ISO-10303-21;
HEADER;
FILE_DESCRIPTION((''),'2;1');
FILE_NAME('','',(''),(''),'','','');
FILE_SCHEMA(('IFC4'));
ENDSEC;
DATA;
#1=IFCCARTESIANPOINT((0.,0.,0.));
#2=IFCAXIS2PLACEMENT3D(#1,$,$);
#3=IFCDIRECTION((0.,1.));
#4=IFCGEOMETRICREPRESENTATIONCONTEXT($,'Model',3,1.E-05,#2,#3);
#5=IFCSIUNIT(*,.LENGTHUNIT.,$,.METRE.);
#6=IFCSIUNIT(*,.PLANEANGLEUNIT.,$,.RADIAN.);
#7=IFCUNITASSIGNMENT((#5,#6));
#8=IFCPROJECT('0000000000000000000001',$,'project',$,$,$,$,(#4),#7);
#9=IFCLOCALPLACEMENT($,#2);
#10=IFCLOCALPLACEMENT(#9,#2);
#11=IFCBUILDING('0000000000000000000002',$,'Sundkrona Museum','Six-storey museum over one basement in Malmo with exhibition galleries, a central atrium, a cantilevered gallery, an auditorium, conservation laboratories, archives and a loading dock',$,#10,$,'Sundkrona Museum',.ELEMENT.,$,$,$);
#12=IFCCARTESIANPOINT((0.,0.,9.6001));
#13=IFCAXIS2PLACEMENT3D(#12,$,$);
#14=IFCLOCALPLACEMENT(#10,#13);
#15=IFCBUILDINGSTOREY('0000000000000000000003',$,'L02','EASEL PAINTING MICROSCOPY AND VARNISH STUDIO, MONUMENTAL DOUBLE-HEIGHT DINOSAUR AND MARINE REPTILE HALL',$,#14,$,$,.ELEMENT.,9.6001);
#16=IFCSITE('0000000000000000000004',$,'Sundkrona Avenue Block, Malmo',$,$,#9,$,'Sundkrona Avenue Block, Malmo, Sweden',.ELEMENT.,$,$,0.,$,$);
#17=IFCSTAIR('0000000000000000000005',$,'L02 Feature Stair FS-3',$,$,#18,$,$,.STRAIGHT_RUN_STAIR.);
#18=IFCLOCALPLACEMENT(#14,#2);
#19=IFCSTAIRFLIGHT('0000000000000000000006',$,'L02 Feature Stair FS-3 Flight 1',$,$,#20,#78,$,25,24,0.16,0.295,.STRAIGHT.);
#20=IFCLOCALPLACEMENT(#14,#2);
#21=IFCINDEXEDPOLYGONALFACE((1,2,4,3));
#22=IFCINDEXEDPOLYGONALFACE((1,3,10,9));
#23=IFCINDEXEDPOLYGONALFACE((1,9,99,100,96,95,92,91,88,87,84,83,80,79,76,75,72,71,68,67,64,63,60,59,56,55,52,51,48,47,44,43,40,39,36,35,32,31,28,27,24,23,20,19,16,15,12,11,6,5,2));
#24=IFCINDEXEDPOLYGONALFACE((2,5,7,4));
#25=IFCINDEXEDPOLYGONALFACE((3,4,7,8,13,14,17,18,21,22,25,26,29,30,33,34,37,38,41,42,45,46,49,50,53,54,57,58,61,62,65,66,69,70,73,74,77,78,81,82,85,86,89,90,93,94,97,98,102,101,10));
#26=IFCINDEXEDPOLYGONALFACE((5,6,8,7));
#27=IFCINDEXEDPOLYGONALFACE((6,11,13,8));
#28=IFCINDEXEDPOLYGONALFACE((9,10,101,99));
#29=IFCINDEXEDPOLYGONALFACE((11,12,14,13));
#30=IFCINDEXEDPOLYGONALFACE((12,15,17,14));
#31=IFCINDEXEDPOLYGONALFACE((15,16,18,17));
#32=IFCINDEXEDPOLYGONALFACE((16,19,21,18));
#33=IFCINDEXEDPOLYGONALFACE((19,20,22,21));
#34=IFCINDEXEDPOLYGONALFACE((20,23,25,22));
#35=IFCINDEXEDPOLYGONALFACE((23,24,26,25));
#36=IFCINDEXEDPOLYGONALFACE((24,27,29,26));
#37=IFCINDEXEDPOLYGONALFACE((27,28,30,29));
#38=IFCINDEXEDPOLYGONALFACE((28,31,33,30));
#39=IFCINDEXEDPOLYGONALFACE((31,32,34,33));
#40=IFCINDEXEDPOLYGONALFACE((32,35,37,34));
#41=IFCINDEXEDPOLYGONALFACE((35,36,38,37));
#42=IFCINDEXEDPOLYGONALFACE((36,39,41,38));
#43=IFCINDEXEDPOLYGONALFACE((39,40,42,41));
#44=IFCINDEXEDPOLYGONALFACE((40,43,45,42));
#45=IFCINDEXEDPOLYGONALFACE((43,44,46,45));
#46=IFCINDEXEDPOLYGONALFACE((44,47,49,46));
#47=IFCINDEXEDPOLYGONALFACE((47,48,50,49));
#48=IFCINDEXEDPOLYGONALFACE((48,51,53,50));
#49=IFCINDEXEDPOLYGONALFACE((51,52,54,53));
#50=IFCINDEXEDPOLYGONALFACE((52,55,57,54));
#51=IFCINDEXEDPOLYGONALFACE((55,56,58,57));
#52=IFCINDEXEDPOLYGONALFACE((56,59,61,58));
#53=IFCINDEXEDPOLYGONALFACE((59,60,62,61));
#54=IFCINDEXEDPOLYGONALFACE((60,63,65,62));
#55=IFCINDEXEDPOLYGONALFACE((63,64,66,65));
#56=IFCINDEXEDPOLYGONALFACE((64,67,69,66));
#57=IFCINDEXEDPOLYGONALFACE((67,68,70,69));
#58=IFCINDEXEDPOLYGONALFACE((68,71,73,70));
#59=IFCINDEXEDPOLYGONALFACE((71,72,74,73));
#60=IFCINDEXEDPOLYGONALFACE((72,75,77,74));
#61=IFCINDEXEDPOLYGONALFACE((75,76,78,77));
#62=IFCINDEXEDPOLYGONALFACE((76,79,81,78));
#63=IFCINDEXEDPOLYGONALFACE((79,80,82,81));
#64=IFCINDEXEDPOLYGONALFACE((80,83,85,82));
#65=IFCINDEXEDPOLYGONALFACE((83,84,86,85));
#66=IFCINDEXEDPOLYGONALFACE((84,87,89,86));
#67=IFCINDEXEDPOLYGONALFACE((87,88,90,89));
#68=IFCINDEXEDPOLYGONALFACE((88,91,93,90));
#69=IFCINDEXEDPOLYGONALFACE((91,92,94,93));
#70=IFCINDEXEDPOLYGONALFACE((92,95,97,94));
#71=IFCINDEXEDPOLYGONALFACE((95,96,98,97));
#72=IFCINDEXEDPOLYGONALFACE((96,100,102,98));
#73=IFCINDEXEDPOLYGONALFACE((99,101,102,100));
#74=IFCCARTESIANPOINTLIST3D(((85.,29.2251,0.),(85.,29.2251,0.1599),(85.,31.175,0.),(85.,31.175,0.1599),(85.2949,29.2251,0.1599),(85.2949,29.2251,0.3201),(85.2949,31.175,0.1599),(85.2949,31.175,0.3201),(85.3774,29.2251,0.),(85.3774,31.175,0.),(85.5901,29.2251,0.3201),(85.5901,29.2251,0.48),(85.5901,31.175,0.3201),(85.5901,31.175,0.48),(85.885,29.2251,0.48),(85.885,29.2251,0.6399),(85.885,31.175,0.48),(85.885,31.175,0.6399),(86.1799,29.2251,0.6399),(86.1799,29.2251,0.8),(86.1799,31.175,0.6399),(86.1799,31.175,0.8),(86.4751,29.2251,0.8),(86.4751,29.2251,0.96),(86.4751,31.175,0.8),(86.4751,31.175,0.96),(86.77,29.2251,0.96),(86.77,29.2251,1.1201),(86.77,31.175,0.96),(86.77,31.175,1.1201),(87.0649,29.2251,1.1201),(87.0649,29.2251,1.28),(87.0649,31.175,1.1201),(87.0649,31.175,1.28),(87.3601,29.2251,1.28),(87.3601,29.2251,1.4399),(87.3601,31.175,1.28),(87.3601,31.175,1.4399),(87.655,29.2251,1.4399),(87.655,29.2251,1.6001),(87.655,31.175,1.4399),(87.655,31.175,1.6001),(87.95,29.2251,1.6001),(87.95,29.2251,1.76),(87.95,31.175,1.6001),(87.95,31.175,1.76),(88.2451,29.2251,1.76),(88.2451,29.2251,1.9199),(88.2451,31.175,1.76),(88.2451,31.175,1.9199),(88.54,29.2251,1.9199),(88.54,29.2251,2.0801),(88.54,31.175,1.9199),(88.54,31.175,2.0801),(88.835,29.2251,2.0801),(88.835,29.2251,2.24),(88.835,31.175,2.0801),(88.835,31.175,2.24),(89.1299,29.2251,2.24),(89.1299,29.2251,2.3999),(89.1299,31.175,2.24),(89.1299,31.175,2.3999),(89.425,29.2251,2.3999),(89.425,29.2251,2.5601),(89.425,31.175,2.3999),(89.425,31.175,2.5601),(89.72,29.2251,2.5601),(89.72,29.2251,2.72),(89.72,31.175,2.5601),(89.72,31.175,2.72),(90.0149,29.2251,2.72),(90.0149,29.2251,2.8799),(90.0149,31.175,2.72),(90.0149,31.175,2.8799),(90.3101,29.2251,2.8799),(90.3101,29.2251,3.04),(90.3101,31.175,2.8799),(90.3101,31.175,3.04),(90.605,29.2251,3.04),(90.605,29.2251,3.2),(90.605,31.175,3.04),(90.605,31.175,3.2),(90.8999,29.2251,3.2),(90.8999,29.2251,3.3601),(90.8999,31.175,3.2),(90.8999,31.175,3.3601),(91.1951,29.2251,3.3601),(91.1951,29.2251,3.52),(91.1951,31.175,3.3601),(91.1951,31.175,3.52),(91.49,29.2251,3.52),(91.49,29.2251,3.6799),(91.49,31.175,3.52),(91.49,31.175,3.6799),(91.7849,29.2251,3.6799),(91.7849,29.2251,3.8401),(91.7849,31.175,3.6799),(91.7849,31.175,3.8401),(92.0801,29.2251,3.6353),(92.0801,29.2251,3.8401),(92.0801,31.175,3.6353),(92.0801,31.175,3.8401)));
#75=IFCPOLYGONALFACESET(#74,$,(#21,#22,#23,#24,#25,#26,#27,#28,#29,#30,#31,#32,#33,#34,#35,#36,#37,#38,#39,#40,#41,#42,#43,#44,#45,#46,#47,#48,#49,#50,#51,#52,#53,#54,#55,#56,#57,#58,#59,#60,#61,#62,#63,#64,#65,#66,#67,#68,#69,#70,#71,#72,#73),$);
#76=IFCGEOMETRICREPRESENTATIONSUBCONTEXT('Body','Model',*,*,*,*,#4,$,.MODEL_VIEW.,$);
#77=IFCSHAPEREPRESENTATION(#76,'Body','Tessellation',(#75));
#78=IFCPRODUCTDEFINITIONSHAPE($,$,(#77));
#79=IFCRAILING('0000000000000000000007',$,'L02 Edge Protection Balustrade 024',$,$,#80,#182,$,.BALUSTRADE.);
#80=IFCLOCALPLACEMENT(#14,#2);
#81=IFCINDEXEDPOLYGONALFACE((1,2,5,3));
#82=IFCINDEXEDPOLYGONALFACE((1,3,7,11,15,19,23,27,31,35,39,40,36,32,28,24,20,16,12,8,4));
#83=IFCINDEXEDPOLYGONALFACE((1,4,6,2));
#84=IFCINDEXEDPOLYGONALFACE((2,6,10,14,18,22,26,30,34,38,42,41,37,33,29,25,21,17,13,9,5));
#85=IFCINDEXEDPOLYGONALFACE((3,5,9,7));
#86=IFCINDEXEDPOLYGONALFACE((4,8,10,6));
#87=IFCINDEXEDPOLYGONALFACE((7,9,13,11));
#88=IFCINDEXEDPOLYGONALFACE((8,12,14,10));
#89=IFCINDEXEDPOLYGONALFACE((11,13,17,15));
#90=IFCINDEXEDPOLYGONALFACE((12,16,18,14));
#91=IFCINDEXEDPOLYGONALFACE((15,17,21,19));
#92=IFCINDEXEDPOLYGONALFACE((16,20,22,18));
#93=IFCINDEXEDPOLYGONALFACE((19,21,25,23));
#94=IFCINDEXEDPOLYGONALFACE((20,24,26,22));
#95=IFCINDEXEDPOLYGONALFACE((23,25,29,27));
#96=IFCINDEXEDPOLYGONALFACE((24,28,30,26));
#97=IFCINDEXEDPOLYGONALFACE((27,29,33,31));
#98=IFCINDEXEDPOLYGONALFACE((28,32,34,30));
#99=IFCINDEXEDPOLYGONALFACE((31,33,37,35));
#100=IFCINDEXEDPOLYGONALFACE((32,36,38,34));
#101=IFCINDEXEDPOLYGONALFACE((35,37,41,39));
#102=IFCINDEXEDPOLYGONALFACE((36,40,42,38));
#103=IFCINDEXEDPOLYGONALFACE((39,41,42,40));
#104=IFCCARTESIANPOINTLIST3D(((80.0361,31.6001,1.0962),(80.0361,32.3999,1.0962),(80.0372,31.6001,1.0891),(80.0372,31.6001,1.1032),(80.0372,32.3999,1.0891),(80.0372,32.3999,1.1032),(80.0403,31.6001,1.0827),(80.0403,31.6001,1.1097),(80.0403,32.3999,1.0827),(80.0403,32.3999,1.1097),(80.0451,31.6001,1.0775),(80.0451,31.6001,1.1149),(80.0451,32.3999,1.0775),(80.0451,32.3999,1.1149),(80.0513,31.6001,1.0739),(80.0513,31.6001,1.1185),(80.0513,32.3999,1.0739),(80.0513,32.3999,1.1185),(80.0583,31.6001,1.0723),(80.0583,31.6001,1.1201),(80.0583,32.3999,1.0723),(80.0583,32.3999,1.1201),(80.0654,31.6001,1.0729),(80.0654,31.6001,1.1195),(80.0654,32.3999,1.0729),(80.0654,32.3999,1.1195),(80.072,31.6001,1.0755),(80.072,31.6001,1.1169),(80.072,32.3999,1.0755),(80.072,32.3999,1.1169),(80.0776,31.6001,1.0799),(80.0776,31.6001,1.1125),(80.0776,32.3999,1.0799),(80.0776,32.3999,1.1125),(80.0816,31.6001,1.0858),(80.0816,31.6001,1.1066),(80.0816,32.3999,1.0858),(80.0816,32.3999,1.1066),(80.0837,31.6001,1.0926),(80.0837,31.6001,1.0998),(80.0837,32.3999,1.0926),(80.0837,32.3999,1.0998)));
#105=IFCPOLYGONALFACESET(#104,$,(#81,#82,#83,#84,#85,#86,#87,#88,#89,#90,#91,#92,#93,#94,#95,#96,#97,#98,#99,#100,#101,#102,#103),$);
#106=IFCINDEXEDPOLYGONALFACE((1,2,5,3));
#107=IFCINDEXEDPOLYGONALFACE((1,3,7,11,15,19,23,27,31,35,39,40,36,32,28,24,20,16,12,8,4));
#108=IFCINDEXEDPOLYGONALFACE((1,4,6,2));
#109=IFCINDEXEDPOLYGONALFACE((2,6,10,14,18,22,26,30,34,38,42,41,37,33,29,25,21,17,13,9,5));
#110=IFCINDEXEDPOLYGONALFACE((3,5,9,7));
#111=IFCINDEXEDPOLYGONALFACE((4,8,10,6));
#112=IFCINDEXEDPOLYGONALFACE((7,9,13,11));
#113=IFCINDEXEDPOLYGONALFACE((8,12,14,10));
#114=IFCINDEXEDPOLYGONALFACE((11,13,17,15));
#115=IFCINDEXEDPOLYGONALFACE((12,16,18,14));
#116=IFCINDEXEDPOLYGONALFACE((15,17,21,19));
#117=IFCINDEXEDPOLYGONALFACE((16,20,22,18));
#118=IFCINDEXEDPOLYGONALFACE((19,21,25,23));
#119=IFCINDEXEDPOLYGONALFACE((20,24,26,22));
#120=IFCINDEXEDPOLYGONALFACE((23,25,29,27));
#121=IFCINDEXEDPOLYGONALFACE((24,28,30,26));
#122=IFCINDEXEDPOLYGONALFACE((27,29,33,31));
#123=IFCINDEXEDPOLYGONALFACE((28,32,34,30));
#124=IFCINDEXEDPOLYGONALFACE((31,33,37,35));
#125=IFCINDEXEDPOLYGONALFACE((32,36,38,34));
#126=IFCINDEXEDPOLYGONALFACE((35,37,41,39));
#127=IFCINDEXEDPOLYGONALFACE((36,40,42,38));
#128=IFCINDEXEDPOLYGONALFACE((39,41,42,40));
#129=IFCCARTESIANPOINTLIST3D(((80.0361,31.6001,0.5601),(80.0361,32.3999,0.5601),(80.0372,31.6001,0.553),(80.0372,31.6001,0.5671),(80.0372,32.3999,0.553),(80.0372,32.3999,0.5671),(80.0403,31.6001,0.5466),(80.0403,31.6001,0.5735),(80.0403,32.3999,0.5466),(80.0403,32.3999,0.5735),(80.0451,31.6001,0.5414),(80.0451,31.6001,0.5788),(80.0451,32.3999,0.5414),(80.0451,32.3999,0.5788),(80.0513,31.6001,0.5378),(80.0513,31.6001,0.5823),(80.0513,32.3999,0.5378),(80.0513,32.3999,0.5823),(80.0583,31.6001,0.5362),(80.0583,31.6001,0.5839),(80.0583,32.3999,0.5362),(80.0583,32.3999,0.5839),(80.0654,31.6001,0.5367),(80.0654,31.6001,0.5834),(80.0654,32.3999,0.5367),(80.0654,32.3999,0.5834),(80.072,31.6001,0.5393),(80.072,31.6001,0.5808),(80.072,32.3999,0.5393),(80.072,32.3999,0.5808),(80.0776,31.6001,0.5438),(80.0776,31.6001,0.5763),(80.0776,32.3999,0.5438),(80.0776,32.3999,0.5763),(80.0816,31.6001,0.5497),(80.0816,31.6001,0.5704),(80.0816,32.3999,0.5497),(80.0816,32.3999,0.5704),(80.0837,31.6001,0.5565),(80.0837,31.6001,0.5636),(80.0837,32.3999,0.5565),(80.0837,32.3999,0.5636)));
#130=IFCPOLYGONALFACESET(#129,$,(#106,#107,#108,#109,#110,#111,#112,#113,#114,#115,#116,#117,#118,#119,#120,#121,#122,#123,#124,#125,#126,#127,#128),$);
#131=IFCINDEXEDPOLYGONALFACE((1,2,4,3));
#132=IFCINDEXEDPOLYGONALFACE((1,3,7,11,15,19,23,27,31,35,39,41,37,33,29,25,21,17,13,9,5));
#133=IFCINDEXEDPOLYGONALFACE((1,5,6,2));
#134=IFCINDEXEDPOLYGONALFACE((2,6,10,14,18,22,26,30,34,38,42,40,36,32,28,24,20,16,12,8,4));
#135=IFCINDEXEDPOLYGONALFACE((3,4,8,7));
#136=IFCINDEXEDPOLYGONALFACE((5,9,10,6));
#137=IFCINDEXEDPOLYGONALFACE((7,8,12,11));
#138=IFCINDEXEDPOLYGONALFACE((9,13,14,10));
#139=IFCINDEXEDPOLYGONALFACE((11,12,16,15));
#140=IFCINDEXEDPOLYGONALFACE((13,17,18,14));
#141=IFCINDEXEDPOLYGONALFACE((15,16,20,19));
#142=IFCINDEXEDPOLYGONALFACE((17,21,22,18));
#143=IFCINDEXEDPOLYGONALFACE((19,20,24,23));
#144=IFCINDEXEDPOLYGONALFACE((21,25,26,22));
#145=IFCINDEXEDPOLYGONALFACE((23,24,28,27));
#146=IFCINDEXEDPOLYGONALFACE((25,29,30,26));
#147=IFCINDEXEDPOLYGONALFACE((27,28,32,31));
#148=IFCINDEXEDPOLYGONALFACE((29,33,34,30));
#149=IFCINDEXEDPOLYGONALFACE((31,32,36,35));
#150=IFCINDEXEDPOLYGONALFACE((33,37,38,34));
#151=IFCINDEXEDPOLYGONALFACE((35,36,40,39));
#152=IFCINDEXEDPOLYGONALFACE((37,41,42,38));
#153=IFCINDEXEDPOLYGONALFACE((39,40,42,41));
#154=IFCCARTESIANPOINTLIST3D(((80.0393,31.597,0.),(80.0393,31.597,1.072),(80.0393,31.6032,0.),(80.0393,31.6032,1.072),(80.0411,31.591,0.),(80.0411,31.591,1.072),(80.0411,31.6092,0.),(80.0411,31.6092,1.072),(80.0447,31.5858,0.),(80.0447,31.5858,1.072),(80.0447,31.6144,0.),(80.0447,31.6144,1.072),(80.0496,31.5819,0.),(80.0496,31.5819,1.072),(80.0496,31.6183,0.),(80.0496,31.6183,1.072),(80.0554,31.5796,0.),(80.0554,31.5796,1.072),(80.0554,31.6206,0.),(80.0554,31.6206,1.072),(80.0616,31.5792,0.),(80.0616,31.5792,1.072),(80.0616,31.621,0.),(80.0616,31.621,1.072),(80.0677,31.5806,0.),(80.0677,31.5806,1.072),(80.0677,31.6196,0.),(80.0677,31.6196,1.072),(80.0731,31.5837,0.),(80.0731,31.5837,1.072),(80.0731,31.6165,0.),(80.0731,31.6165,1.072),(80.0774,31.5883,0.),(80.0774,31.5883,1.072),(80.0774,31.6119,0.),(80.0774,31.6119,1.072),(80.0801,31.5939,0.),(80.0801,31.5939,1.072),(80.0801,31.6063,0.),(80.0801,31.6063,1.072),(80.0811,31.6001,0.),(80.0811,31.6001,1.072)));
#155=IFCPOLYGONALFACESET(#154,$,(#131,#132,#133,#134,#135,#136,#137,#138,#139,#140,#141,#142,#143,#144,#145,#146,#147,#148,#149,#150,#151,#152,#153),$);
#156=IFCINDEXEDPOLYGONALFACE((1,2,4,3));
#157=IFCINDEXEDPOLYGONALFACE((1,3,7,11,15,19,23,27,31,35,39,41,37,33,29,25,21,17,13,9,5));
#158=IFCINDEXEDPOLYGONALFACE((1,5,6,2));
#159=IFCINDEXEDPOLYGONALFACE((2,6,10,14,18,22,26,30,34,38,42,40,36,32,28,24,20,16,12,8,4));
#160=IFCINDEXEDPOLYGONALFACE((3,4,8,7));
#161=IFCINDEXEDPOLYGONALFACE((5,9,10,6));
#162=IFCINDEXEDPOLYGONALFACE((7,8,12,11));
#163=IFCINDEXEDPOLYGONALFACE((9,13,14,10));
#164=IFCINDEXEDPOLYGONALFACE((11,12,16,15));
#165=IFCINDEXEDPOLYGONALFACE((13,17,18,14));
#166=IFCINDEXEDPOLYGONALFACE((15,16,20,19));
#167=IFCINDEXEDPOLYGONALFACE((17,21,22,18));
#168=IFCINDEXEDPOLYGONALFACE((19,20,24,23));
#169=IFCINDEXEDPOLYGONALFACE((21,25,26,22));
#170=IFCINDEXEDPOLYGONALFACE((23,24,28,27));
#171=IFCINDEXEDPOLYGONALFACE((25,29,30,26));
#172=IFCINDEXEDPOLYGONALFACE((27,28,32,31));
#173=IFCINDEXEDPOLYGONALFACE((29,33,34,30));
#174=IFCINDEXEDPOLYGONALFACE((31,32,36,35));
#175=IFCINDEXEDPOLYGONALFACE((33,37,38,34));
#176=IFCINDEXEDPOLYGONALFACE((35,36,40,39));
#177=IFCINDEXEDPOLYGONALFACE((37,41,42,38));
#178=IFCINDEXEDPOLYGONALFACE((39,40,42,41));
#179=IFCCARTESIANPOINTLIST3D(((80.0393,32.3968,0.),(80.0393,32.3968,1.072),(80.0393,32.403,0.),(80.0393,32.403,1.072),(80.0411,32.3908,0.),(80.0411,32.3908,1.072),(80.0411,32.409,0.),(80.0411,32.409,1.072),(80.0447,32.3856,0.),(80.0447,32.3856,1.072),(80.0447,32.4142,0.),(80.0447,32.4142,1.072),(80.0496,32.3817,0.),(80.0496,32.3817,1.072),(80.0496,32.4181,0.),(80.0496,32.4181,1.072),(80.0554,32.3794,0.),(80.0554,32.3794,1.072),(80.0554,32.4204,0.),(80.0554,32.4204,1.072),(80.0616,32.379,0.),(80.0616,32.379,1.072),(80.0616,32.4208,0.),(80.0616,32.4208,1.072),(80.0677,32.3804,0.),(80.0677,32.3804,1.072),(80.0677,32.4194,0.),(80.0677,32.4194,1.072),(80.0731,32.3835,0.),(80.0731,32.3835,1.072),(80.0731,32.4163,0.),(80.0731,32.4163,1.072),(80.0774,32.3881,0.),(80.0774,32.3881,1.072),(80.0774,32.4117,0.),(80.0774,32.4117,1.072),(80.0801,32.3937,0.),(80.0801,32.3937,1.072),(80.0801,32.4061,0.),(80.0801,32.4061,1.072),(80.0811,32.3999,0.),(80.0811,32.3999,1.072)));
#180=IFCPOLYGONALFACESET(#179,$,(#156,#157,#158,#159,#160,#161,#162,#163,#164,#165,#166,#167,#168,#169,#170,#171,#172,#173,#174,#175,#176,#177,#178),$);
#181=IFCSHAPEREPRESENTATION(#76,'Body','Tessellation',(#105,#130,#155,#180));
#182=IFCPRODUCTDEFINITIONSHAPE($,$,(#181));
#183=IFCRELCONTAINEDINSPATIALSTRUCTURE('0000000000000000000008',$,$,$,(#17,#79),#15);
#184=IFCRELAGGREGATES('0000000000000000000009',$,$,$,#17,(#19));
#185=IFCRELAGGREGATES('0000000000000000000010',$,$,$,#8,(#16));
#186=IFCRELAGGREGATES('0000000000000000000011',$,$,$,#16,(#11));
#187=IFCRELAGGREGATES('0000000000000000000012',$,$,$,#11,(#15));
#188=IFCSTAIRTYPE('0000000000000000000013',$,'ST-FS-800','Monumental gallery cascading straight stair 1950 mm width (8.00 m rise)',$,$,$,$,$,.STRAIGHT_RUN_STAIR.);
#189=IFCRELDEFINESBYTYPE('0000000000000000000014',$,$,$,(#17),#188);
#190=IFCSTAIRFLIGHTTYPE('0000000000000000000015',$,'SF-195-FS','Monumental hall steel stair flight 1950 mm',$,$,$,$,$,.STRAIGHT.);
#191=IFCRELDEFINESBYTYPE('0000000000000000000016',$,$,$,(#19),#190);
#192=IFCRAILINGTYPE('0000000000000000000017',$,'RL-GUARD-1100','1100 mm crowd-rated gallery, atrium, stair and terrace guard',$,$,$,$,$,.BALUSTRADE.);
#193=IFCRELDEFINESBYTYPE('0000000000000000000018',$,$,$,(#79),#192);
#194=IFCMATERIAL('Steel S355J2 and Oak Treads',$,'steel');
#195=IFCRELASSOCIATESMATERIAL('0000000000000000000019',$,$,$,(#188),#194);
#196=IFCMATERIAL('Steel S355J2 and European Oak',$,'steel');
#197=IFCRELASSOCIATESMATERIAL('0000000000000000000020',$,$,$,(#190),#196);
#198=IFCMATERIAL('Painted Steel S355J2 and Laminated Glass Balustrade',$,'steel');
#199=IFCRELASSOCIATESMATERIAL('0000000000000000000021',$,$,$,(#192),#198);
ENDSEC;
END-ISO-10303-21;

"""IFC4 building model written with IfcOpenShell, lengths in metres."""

from ifc_helpers import new_model, si_unit, direction, frame, origin, origin_2d, place, context, subcontext, project, spatial, polyline, circle, outline, extrude, material, type_object, element, aggregate, save


model = new_model("IFC4")

# Units and contexts
model_context = context("Model", 3, precision=1e-05, world=origin(), true_north=direction((0.0, 1.0)))
body_context = subcontext(model_context, "Body", "Model", "MODEL_VIEW")
ifc_project = project(units=[si_unit("LENGTHUNIT", "METRE"), si_unit("PLANEANGLEUNIT", "RADIAN")], contexts=[model_context])

# Site, building, storey
site_placement = place(None, origin())
site = spatial("IfcSite", under=ifc_project, at=site_placement, Name="Sundkrona Avenue Block, Malmo", LongName="Sundkrona Avenue Block, Malmo, Sweden", CompositionType="ELEMENT", RefElevation=0.0)
building_placement = place(site_placement, origin())
building = spatial("IfcBuilding", under=site, at=building_placement, Name="Sundkrona Museum", Description="Six-storey museum over one basement in Malmo with exhibition galleries, a central atrium, a cantilevered gallery, an auditorium, conservation laboratories, archives and a loading dock", LongName="Sundkrona Museum", CompositionType="ELEMENT")
storey_placement = place(building_placement, frame((0.0, 0.0, 9.6001)))
storey = spatial("IfcBuildingStorey", under=building, at=storey_placement, Name="L02", Description="EASEL PAINTING MICROSCOPY AND VARNISH STUDIO, MONUMENTAL DOUBLE-HEIGHT DINOSAUR AND MARINE REPTILE HALL", CompositionType="ELEMENT", Elevation=9.6001)

# Stair, stair flight
ifc_material_1 = material(Name="Steel S355J2 and Oak Treads", Category="steel")
stair_type = type_object("IfcStairType", Name="ST-FS-800", Description="Monumental gallery cascading straight stair 1950 mm width (8.00 m rise)", PredefinedType="STRAIGHT_RUN_STAIR", material=ifc_material_1)
stair_placement = place(storey_placement, origin())
stair = element("IfcStair", 1, at=stair_placement, inside=storey, type_object=stair_type, Name="L02 Feature Stair FS-3", PredefinedType="STRAIGHT_RUN_STAIR")
ifc_material_2 = material(Name="Steel S355J2 and European Oak", Category="steel")
stair_flight_type = type_object("IfcStairFlightType", Name="SF-195-FS", Description="Monumental hall steel stair flight 1950 mm", PredefinedType="STRAIGHT", material=ifc_material_2)
stair_flight_placement = place(storey_placement, frame((85.0, 30.2, 0.0), z_axis=(0.0, 0.0, 1.0), x_axis=(1.0, 0.0, 0.0)))
stair_flight = element("IfcStairFlight", 2, at=stair_flight_placement, type_object=stair_flight_type, Name="L02 Feature Stair FS-3 Flight 1", NumberOfRisers=25, NumberOfTreads=24, PredefinedType="STRAIGHT", RiserHeight=0.16, TreadLength=0.295, context=body_context, shape_type="SweptSolid", body=[
    extrude(outline(polyline([(0.0, 0.0), (0.0, 0.1599), (0.2949, 0.1599), (0.2949, 0.3201), (0.5901, 0.3201), (0.5901, 0.48), (0.885, 0.48), (0.885, 0.6399), (1.1799, 0.6399), (1.1799, 0.8), (1.4751, 0.8), (1.4751, 0.96), (1.77, 0.96), (1.77, 1.1201), (2.0649, 1.1201), (2.0649, 1.28), (2.3601, 1.28), (2.3601, 1.4399), (2.655, 1.4399), (2.655, 1.6001), (2.95, 1.6001), (2.95, 1.76), (3.2451, 1.76), (3.2451, 1.9199), (3.54, 1.9199), (3.54, 2.0801), (3.835, 2.0801), (3.835, 2.24), (4.1299, 2.24), (4.1299, 2.3999), (4.425, 2.3999), (4.425, 2.5601), (4.72, 2.5601), (4.72, 2.72), (5.0149, 2.72), (5.0149, 2.8799), (5.3101, 2.8799), (5.3101, 3.04), (5.605, 3.04), (5.605, 3.2), (5.8999, 3.2), (5.8999, 3.3601), (6.1951, 3.3601), (6.1951, 3.52), (6.49, 3.52), (6.49, 3.6799), (6.7849, 3.6799), (6.7849, 3.8401), (7.0801, 3.8401), (7.0801, 4.0), (7.0801, 3.6353), (0.3774, 0.0), (0.0, 0.0)])), frame((0.0, 0.9751, 0.0), z_axis=(0.0, -1.0, 0.0), x_axis=(1.0, 0.0, 0.0)), (0.0, 0.0, 1.0), 1.95),
])
aggregate(stair, [stair_flight])

# Railing
ifc_material_3 = material(Name="Painted Steel S355J2 and Laminated Glass Balustrade", Category="steel")
railing_type_1 = type_object("IfcRailingType", Name="RL-GUARD-1100", Description="1100 mm crowd-rated gallery, atrium, stair and terrace guard", PredefinedType="BALUSTRADE", material=ifc_material_3)
railing_1_placement = place(storey_placement, frame((80.0601, 31.6001, 0.0)))
element("IfcRailing", 3, at=railing_1_placement, inside=storey, type_object=railing_type_1, Name="L02 Edge Protection Balustrade 024", PredefinedType="BALUSTRADE", context=body_context, shape_type="SweptSolid", body=[
    extrude(circle(Radius=0.0239, at=origin_2d()), frame((0.0, 0.0, 1.0962), z_axis=(0.0, 1.0, 0.0), x_axis=(-1.0, 0.0, 0.0)), (0.0, 0.0, 1.0), 0.7998),
    extrude(circle(Radius=0.0239, at=origin_2d()), frame((0.0, 0.0, 0.5601), z_axis=(0.0, 1.0, 0.0), x_axis=(-1.0, 0.0, 0.0)), (0.0, 0.0, 1.0), 0.7998),
    extrude(circle(Radius=0.021, at=origin_2d()), origin(), (0.0, 0.0, 1.0), 1.072),
    extrude(circle(Radius=0.021, at=origin_2d()), frame((0.0, 0.7998, 0.0)), (0.0, 0.0, 1.0), 1.072),
])

save(model, "model.ifc")
